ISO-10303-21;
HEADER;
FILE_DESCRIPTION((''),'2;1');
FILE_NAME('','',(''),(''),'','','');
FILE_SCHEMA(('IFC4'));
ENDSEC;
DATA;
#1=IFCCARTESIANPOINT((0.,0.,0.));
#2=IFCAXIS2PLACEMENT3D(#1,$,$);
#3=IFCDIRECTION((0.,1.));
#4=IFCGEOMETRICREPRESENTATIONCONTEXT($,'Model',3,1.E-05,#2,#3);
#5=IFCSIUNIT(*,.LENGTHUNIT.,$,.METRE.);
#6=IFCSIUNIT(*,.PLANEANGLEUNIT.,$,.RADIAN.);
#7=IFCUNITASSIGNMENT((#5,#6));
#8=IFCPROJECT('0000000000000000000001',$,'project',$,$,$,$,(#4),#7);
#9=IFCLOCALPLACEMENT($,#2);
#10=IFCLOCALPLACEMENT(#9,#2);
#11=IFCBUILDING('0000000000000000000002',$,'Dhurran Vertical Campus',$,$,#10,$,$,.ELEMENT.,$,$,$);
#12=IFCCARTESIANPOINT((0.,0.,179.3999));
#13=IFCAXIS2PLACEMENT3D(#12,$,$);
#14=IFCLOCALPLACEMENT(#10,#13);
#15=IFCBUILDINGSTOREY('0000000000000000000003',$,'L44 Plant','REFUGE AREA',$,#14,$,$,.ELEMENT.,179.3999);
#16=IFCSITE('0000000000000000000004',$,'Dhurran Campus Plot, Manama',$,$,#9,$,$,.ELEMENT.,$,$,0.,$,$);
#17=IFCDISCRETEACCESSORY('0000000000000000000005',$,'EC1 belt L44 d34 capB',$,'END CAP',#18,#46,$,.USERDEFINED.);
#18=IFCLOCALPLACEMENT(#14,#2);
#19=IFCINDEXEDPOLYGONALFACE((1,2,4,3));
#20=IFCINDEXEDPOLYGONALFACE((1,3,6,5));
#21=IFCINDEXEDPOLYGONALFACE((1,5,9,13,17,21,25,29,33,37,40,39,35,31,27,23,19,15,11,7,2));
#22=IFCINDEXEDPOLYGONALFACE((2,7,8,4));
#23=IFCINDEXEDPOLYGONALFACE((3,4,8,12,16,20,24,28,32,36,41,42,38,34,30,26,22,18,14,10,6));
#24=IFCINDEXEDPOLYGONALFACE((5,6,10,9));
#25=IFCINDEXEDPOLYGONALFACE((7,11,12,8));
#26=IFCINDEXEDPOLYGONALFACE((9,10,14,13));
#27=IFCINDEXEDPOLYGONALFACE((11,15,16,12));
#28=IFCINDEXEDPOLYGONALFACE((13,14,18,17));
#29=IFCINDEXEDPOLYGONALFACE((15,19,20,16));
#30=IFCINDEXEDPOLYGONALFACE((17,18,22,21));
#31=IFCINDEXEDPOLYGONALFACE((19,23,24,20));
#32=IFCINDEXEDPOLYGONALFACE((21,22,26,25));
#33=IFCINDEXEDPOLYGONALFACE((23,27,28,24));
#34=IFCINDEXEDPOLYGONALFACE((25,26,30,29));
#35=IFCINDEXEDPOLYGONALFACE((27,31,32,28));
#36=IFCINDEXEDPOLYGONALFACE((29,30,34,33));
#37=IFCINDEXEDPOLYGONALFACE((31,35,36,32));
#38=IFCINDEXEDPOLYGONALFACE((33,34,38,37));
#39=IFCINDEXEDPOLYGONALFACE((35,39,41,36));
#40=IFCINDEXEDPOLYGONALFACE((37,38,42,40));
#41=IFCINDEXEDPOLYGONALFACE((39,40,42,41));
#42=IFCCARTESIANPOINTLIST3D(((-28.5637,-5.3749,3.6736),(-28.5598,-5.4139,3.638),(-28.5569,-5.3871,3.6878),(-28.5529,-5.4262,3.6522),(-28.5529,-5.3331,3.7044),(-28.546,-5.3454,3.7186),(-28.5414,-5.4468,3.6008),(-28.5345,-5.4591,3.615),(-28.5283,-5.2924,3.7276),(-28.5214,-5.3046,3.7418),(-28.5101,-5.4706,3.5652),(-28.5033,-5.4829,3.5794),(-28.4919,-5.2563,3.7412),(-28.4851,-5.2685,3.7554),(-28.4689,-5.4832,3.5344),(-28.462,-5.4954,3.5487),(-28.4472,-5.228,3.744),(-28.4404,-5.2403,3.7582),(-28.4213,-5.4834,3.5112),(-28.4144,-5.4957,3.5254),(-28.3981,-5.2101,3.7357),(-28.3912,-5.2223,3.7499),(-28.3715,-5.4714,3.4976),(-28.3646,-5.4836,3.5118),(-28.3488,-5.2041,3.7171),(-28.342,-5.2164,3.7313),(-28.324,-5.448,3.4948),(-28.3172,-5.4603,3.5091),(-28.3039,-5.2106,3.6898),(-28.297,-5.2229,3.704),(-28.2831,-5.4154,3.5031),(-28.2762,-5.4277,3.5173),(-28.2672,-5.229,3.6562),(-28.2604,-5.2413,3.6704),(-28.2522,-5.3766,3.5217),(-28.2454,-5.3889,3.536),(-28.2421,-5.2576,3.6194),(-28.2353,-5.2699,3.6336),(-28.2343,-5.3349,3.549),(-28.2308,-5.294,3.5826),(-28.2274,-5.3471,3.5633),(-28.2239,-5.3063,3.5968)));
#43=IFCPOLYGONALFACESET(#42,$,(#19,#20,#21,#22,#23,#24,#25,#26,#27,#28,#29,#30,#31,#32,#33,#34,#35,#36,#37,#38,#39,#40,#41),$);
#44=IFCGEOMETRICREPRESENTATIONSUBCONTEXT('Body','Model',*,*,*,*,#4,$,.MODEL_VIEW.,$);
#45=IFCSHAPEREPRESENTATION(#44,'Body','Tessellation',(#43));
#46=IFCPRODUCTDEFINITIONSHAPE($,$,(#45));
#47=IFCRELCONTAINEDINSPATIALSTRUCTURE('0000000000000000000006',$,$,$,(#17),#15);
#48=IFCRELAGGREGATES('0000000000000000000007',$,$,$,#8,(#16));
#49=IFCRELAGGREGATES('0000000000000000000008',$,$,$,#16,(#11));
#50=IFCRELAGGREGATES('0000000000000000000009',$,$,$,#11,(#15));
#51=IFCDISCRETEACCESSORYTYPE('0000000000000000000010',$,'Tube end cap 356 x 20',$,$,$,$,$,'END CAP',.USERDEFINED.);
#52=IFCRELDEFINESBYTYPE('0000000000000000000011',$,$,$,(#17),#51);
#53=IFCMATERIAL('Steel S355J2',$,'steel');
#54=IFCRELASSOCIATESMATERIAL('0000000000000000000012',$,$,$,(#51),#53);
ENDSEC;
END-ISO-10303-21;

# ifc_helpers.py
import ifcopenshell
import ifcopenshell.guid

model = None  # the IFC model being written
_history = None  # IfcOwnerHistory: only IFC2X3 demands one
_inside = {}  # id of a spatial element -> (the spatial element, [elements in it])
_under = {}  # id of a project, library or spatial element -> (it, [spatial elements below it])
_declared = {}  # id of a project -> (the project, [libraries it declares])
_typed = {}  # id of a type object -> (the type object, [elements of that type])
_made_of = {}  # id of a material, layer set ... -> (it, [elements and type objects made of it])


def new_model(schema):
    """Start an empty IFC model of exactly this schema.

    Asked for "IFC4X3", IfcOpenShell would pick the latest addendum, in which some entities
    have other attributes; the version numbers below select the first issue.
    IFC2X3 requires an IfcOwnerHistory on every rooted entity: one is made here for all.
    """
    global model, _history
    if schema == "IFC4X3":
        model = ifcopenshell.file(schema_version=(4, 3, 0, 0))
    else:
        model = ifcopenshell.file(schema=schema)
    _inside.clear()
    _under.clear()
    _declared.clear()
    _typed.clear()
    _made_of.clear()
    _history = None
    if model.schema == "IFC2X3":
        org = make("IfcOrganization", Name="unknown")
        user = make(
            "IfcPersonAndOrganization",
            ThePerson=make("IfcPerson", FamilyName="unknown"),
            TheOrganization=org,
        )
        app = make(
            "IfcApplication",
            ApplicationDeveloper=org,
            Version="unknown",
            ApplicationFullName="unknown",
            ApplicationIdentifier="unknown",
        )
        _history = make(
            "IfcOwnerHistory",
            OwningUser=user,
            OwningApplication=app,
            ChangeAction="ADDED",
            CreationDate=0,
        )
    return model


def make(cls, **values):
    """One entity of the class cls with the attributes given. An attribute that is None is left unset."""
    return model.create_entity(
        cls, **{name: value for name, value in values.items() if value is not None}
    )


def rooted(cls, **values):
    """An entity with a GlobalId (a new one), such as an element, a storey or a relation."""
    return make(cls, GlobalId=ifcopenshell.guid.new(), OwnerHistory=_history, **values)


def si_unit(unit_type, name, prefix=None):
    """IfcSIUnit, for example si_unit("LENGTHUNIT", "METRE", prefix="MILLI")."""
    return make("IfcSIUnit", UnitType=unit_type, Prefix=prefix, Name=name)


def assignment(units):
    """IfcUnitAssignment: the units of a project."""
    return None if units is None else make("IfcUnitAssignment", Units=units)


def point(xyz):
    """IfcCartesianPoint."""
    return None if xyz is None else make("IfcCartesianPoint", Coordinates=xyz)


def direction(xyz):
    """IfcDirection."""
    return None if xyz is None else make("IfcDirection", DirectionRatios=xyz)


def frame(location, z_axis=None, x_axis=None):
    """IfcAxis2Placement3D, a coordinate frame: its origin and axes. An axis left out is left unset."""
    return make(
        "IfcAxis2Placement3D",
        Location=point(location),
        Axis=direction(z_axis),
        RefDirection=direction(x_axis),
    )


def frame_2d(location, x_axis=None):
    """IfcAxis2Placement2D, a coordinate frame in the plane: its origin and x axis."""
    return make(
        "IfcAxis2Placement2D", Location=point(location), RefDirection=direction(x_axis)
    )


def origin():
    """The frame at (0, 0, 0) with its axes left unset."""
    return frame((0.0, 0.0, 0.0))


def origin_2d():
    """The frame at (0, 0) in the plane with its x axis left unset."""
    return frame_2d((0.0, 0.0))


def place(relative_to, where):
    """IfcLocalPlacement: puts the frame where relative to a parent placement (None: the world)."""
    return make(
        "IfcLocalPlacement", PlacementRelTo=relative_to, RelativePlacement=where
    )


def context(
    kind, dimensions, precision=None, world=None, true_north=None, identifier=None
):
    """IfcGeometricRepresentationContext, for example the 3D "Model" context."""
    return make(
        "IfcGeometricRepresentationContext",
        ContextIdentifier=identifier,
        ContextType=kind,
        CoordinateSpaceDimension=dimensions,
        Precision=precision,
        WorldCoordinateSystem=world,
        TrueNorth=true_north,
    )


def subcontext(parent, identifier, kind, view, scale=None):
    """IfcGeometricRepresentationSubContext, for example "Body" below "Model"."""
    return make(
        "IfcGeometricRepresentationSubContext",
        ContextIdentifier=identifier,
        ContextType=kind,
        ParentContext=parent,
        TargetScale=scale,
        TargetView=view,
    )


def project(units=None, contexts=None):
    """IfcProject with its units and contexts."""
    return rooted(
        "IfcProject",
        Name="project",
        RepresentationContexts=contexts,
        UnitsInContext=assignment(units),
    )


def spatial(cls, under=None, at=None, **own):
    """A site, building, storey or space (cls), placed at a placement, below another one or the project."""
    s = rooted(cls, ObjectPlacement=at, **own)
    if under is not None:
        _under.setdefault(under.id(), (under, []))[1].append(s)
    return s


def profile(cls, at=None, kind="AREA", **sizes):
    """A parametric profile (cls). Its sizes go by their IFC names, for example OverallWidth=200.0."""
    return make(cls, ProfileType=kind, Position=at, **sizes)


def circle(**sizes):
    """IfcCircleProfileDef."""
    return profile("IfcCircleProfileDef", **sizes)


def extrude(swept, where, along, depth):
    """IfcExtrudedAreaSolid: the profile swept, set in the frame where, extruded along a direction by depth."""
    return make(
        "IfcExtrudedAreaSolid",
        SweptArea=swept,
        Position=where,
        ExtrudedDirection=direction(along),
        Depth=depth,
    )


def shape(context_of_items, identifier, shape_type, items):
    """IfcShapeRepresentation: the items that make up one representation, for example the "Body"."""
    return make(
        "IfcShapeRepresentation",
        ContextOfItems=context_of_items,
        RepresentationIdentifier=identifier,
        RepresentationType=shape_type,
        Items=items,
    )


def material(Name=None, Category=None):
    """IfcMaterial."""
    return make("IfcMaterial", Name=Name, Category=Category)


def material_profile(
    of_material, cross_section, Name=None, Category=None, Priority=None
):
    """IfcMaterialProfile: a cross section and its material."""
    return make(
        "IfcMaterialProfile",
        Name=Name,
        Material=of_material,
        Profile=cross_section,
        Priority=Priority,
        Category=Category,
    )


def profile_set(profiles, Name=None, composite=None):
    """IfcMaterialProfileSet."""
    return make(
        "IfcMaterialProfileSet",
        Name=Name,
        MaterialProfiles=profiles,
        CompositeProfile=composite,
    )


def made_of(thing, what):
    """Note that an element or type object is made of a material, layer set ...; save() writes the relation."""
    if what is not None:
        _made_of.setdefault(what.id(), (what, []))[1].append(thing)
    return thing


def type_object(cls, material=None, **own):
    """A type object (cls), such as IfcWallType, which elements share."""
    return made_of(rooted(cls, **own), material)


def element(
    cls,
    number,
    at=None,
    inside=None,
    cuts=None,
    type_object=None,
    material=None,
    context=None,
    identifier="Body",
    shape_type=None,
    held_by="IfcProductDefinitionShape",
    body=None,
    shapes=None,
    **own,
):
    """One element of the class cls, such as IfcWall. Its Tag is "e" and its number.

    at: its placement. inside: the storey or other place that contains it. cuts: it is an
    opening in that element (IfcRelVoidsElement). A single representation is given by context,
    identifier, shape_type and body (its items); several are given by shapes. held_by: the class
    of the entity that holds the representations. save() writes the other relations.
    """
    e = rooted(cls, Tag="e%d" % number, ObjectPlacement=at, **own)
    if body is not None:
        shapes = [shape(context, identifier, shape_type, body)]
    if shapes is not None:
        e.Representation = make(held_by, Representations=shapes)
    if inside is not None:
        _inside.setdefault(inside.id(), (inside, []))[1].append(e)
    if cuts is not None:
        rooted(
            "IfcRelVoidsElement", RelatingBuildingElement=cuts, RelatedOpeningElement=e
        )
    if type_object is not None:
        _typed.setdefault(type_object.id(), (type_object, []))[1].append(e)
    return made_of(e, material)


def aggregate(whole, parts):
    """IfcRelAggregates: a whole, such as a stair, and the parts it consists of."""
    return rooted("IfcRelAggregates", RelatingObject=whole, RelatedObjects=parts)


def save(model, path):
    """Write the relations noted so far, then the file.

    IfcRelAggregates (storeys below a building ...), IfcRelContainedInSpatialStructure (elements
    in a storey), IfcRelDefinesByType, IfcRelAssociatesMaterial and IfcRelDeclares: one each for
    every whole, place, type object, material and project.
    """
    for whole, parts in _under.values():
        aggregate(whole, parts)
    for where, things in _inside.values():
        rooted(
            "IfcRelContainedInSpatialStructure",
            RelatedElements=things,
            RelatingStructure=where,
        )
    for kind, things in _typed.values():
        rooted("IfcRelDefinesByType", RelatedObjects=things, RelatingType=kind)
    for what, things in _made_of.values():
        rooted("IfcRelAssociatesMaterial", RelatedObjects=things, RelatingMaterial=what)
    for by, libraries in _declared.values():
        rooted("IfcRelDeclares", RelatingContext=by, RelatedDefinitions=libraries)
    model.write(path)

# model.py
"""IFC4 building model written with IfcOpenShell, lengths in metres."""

from ifc_helpers import new_model, si_unit, direction, frame, origin, origin_2d, place, context, subcontext, project, spatial, circle, extrude, material, material_profile, profile_set, type_object, element, save


model = new_model("IFC4")

# Units and contexts
model_context = context("Model", 3, precision=1e-05, world=origin(), true_north=direction((0.0, 1.0)))
body_context = subcontext(model_context, "Body", "Model", "MODEL_VIEW")
ifc_project = project(units=[si_unit("LENGTHUNIT", "METRE"), si_unit("PLANEANGLEUNIT", "RADIAN")], contexts=[model_context])

# Site, building, storey
site_placement = place(None, origin())
site = spatial("IfcSite", under=ifc_project, at=site_placement, Name="Dhurran Campus Plot, Manama", CompositionType="ELEMENT", RefElevation=0.0)
building_placement = place(site_placement, origin())
building = spatial("IfcBuilding", under=site, at=building_placement, Name="Dhurran Vertical Campus", CompositionType="ELEMENT")
storey_placement = place(building_placement, frame((0.0, 0.0, 179.3999)))
storey = spatial("IfcBuildingStorey", under=building, at=storey_placement, Name="L44 Plant", Description="REFUGE AREA", CompositionType="ELEMENT", Elevation=179.3999)

# Discrete accessory
ifc_material_1 = material(Name="Steel S355J2", Category="steel")
ifc_material_profile_1 = material_profile(ifc_material_1, circle(Radius=0.1777, at=origin_2d()), Name="Tube end cap 356 x 20")
ifc_profile_set_1 = profile_set([ifc_material_profile_1], Name="Steel S355J2")
discrete_accessory_type = type_object("IfcDiscreteAccessoryType", Name="Tube end cap 356 x 20", ElementType="END CAP", PredefinedType="USERDEFINED", material=ifc_profile_set_1)
for number, where, z_axis, x_axis, name in (
    (1, (-28.3972, -5.3445, 3.6194), (0.34341, -0.613232, 0.711349), (0.872506, 0.488603, 0.0), "EC1 belt L44 d34 capB"),
):
    element("IfcDiscreteAccessory", number, at=place(storey_placement, frame(where, z_axis=z_axis, x_axis=x_axis)), inside=storey, type_object=discrete_accessory_type, Name=name, ObjectType="END CAP", PredefinedType="USERDEFINED", context=body_context, shape_type="SweptSolid", body=[
        extrude(circle(Radius=0.1777, at=origin_2d()), origin(), (0.0, 0.0, 1.0), 0.02),
    ])

save(model, "model.ifc")
